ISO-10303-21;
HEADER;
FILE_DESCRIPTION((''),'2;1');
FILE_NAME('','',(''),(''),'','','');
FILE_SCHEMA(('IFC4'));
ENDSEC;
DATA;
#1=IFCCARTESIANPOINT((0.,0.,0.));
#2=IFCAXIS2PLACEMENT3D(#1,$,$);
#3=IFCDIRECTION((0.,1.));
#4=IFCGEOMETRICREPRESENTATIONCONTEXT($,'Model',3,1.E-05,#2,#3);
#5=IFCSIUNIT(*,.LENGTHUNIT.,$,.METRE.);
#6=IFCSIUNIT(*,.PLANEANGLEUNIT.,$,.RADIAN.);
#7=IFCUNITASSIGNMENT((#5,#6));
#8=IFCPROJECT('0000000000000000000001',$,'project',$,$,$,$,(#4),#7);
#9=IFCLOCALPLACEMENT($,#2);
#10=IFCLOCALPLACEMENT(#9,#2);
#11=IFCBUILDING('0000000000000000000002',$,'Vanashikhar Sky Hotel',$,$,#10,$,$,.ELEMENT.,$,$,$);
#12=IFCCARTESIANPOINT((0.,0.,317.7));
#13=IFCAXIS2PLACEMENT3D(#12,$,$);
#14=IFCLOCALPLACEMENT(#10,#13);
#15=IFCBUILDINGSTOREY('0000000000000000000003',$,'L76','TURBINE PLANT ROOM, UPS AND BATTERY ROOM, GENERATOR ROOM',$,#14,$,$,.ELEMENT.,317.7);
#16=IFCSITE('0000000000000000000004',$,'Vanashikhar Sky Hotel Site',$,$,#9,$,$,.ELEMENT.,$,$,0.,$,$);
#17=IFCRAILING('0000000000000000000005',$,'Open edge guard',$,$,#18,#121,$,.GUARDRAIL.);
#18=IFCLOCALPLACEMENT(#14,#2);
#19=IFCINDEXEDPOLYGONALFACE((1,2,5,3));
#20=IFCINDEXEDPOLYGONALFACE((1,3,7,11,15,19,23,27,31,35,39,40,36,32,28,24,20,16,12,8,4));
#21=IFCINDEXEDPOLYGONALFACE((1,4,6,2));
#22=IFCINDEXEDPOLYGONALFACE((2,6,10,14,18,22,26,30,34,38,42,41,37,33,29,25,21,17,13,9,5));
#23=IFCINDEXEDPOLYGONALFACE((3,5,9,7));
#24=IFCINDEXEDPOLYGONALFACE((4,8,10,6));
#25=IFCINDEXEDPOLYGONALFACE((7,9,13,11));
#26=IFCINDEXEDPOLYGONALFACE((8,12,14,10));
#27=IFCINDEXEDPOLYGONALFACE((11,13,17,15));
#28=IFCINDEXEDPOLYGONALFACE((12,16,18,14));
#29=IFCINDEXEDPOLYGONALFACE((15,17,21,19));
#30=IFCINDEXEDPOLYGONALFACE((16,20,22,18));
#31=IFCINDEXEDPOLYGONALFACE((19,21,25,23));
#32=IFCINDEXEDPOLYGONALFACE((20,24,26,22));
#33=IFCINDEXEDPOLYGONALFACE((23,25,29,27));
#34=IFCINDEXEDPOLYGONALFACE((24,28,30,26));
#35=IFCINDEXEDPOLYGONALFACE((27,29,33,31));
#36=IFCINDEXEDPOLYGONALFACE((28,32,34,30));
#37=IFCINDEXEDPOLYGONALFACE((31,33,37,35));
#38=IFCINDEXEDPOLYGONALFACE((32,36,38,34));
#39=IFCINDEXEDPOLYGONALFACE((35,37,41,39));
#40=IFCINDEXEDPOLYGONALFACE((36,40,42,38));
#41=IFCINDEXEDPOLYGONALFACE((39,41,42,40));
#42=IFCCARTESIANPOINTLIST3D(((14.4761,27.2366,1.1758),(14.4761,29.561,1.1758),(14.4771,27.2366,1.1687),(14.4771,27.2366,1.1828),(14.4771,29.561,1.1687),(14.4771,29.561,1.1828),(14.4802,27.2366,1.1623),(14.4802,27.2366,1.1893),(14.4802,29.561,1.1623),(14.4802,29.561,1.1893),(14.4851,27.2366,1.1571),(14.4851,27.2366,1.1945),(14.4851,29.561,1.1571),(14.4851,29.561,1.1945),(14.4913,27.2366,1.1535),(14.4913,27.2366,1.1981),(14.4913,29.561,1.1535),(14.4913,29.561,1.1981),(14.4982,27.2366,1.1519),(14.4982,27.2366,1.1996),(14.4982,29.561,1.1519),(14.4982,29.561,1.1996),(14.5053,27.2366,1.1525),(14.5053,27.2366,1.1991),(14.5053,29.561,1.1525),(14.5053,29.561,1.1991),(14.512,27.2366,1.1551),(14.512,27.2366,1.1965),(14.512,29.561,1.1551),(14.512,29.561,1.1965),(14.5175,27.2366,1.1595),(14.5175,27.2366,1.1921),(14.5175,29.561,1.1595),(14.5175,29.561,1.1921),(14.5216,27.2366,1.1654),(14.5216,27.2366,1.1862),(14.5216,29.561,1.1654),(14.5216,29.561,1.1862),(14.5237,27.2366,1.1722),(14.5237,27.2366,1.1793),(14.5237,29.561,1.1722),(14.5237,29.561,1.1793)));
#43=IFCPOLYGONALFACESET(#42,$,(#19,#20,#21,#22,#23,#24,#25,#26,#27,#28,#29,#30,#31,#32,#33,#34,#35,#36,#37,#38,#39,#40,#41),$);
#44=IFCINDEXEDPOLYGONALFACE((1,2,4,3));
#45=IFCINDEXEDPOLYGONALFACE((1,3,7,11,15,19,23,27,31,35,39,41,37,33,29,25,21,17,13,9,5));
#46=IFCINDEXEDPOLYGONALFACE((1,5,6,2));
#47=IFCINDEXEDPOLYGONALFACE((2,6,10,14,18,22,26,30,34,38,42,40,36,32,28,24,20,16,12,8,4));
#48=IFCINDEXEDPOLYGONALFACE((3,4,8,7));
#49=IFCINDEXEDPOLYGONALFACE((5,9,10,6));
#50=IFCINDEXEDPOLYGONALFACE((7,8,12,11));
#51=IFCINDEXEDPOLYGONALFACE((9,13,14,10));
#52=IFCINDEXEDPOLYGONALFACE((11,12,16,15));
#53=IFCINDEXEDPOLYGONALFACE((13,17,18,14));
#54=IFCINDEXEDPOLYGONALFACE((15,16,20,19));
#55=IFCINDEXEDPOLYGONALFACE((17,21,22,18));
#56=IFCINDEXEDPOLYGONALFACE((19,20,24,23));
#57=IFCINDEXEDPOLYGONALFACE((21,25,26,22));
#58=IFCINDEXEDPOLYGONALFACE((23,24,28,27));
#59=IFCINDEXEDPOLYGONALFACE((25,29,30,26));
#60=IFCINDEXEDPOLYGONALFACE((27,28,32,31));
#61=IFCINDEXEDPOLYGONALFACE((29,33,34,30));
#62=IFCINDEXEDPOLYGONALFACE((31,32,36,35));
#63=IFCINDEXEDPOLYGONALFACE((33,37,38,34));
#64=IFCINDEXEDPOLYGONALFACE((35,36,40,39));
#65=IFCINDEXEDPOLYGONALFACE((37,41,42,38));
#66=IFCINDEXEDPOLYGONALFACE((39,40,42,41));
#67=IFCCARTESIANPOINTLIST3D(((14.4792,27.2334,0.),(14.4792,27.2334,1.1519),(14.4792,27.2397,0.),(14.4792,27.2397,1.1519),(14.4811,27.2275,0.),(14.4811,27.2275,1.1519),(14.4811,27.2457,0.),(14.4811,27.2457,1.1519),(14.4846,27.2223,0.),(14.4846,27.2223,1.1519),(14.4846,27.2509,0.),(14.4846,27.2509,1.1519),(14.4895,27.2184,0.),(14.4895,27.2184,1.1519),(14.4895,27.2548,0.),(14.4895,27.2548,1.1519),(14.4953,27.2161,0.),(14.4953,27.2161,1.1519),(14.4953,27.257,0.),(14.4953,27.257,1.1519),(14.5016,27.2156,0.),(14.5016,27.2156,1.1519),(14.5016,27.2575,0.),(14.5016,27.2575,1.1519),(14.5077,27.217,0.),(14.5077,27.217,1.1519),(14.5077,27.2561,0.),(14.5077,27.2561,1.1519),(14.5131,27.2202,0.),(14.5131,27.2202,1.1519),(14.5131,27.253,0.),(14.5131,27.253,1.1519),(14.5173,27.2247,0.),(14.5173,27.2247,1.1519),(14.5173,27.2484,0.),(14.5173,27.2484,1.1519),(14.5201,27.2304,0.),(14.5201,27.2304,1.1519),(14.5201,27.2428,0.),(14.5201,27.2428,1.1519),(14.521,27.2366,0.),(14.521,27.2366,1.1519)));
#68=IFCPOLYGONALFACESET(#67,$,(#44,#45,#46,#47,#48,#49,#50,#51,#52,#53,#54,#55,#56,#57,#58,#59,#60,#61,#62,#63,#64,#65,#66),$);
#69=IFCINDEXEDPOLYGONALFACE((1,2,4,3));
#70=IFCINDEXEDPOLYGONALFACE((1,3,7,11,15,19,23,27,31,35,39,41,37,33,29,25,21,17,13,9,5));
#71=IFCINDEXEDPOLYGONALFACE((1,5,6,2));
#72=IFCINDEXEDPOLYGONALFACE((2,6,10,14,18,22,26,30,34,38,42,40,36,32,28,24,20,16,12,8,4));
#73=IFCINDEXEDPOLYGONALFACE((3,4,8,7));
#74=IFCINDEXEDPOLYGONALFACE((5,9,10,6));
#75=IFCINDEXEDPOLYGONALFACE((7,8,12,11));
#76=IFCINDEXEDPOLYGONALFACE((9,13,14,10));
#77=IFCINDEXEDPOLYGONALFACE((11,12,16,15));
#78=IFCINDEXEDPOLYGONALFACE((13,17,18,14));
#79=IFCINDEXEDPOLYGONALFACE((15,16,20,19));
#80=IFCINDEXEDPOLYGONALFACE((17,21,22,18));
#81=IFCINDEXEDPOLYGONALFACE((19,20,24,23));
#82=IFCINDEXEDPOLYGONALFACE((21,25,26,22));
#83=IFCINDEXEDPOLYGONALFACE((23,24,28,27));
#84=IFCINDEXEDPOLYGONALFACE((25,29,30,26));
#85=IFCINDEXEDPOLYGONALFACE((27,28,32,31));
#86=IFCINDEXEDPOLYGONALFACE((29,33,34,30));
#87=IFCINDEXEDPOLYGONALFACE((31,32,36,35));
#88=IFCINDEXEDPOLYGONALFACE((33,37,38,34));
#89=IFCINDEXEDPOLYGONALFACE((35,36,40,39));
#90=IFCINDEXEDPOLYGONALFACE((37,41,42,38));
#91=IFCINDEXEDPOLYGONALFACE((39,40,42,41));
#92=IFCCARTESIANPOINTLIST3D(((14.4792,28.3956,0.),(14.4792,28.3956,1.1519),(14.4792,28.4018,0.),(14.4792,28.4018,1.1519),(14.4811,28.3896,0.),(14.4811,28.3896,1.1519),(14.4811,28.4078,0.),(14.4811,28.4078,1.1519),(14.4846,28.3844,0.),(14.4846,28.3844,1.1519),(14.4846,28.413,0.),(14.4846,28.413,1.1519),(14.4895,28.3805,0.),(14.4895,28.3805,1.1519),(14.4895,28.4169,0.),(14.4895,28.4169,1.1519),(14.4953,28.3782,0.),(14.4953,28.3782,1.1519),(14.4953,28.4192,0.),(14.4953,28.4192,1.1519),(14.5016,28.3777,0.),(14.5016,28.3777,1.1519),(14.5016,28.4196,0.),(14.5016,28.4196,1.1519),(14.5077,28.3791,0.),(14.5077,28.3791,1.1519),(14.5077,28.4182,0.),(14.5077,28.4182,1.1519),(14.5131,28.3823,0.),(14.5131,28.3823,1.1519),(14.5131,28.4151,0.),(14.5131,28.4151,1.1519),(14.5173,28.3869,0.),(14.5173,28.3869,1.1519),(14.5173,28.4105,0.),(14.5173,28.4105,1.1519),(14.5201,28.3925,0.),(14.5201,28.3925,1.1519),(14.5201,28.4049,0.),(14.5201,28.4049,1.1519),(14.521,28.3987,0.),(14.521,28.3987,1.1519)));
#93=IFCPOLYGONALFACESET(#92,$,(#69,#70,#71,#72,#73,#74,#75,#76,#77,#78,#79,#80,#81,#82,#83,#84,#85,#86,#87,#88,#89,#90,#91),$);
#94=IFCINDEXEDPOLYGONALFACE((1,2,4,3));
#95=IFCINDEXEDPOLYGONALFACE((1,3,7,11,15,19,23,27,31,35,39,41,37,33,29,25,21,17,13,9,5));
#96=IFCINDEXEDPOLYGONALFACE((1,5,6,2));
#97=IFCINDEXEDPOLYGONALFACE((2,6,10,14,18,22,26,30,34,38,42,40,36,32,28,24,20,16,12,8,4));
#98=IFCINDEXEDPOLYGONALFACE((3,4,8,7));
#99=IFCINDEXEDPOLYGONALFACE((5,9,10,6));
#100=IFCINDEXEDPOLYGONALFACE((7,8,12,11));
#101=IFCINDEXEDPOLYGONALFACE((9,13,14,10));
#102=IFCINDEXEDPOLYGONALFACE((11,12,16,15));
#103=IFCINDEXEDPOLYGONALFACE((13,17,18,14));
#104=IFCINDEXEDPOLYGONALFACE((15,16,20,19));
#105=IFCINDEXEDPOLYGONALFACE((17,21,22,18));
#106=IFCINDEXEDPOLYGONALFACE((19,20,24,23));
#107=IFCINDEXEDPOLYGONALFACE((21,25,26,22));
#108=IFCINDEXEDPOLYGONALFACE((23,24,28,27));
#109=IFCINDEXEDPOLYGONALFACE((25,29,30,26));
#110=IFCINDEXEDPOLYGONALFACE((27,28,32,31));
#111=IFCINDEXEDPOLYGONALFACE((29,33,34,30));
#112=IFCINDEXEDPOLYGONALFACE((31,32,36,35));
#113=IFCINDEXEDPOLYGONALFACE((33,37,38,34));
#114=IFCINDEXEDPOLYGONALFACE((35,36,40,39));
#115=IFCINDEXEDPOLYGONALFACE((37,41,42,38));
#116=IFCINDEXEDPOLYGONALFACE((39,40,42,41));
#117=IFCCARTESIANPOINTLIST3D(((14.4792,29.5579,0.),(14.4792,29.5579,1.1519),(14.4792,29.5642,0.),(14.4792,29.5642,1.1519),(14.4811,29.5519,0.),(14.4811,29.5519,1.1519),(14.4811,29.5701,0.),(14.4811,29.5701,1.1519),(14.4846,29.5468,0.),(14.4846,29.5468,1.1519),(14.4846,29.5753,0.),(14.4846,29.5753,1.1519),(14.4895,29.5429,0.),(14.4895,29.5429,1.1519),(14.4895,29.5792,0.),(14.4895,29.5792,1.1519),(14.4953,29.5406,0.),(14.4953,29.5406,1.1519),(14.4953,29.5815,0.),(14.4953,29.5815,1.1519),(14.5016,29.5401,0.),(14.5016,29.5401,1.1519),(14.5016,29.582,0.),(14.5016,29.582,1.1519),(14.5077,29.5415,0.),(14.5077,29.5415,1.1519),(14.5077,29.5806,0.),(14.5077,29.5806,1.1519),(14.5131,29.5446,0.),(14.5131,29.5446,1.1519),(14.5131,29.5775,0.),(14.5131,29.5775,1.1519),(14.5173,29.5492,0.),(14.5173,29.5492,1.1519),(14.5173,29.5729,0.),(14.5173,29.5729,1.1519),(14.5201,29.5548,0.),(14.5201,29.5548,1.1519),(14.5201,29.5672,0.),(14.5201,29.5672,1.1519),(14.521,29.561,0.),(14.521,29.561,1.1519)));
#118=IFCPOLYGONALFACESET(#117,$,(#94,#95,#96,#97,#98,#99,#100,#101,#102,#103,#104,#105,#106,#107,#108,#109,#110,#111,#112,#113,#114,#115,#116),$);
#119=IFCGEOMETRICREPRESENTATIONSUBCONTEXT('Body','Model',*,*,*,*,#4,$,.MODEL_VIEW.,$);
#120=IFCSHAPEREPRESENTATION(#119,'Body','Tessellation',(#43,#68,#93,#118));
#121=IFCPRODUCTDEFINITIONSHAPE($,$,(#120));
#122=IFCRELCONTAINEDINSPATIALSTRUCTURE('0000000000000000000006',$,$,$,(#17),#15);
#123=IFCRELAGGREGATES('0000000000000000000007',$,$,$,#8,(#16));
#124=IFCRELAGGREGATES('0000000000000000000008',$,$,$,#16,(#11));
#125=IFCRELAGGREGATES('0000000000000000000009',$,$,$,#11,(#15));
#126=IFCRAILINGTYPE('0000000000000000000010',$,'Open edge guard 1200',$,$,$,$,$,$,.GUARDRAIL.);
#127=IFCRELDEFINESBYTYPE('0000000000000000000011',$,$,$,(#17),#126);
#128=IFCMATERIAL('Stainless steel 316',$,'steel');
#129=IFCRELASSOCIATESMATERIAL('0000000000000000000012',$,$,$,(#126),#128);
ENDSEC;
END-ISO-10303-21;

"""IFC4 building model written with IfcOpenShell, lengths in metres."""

from ifc_helpers import new_model, si_unit, direction, frame, origin, origin_2d, place, context, subcontext, project, spatial, circle, extrude, source, transform, mapped, material, type_object, element, save


model = new_model("IFC4")

# Units and contexts
model_context = context("Model", 3, precision=1e-05, world=origin(), true_north=direction((0.0, 1.0)))
body_context = subcontext(model_context, "Body", "Model", "MODEL_VIEW")
ifc_project = project(units=[si_unit("LENGTHUNIT", "METRE"), si_unit("PLANEANGLEUNIT", "RADIAN")], contexts=[model_context])

# Site, building, storey
site_placement = place(None, origin())
site = spatial("IfcSite", under=ifc_project, at=site_placement, Name="Vanashikhar Sky Hotel Site", CompositionType="ELEMENT", RefElevation=0.0)
building_placement = place(site_placement, origin())
building = spatial("IfcBuilding", under=site, at=building_placement, Name="Vanashikhar Sky Hotel", CompositionType="ELEMENT")
storey_placement = place(building_placement, frame((0.0, 0.0, 317.7)))
storey = spatial("IfcBuildingStorey", under=building, at=storey_placement, Name="L76", Description="TURBINE PLANT ROOM, UPS AND BATTERY ROOM, GENERATOR ROOM", CompositionType="ELEMENT", Elevation=317.7)

# Railing
ifc_material_1 = material(Name="Stainless steel 316", Category="steel")
railing_type_1 = type_object("IfcRailingType", Name="Open edge guard 1200", PredefinedType="GUARDRAIL", material=ifc_material_1)
shared_shape_1 = source(origin(), body_context, "Body", "SweptSolid", [
    extrude(circle(Radius=0.0239, at=origin_2d()), frame((0.0, 0.0, 1.1758), z_axis=(0.0, 1.0, 0.0), x_axis=(-1.0, 0.0, 0.0)), (0.0, 0.0, 1.0), 2.3245),
    extrude(circle(Radius=0.021, at=origin_2d()), origin(), (0.0, 0.0, 1.0), 1.1519),
    extrude(circle(Radius=0.021, at=origin_2d()), frame((0.0, 1.1621, 0.0)), (0.0, 0.0, 1.0), 1.1519),
    extrude(circle(Radius=0.021, at=origin_2d()), frame((0.0, 2.3245, 0.0)), (0.0, 0.0, 1.0), 1.1519),
])
for number, where, name in (
    (1, (14.5, 27.2366, 0.0), "Open edge guard"),
):
    element("IfcRailing", number, at=place(storey_placement, frame(where)), inside=storey, type_object=railing_type_1, Name=name, PredefinedType="GUARDRAIL", context=body_context, shape_type="MappedRepresentation", body=[
        mapped(shared_shape_1, transform((0.0, 0.0, 0.0), scale=1.0)),
    ])

save(model, "model.ifc")
